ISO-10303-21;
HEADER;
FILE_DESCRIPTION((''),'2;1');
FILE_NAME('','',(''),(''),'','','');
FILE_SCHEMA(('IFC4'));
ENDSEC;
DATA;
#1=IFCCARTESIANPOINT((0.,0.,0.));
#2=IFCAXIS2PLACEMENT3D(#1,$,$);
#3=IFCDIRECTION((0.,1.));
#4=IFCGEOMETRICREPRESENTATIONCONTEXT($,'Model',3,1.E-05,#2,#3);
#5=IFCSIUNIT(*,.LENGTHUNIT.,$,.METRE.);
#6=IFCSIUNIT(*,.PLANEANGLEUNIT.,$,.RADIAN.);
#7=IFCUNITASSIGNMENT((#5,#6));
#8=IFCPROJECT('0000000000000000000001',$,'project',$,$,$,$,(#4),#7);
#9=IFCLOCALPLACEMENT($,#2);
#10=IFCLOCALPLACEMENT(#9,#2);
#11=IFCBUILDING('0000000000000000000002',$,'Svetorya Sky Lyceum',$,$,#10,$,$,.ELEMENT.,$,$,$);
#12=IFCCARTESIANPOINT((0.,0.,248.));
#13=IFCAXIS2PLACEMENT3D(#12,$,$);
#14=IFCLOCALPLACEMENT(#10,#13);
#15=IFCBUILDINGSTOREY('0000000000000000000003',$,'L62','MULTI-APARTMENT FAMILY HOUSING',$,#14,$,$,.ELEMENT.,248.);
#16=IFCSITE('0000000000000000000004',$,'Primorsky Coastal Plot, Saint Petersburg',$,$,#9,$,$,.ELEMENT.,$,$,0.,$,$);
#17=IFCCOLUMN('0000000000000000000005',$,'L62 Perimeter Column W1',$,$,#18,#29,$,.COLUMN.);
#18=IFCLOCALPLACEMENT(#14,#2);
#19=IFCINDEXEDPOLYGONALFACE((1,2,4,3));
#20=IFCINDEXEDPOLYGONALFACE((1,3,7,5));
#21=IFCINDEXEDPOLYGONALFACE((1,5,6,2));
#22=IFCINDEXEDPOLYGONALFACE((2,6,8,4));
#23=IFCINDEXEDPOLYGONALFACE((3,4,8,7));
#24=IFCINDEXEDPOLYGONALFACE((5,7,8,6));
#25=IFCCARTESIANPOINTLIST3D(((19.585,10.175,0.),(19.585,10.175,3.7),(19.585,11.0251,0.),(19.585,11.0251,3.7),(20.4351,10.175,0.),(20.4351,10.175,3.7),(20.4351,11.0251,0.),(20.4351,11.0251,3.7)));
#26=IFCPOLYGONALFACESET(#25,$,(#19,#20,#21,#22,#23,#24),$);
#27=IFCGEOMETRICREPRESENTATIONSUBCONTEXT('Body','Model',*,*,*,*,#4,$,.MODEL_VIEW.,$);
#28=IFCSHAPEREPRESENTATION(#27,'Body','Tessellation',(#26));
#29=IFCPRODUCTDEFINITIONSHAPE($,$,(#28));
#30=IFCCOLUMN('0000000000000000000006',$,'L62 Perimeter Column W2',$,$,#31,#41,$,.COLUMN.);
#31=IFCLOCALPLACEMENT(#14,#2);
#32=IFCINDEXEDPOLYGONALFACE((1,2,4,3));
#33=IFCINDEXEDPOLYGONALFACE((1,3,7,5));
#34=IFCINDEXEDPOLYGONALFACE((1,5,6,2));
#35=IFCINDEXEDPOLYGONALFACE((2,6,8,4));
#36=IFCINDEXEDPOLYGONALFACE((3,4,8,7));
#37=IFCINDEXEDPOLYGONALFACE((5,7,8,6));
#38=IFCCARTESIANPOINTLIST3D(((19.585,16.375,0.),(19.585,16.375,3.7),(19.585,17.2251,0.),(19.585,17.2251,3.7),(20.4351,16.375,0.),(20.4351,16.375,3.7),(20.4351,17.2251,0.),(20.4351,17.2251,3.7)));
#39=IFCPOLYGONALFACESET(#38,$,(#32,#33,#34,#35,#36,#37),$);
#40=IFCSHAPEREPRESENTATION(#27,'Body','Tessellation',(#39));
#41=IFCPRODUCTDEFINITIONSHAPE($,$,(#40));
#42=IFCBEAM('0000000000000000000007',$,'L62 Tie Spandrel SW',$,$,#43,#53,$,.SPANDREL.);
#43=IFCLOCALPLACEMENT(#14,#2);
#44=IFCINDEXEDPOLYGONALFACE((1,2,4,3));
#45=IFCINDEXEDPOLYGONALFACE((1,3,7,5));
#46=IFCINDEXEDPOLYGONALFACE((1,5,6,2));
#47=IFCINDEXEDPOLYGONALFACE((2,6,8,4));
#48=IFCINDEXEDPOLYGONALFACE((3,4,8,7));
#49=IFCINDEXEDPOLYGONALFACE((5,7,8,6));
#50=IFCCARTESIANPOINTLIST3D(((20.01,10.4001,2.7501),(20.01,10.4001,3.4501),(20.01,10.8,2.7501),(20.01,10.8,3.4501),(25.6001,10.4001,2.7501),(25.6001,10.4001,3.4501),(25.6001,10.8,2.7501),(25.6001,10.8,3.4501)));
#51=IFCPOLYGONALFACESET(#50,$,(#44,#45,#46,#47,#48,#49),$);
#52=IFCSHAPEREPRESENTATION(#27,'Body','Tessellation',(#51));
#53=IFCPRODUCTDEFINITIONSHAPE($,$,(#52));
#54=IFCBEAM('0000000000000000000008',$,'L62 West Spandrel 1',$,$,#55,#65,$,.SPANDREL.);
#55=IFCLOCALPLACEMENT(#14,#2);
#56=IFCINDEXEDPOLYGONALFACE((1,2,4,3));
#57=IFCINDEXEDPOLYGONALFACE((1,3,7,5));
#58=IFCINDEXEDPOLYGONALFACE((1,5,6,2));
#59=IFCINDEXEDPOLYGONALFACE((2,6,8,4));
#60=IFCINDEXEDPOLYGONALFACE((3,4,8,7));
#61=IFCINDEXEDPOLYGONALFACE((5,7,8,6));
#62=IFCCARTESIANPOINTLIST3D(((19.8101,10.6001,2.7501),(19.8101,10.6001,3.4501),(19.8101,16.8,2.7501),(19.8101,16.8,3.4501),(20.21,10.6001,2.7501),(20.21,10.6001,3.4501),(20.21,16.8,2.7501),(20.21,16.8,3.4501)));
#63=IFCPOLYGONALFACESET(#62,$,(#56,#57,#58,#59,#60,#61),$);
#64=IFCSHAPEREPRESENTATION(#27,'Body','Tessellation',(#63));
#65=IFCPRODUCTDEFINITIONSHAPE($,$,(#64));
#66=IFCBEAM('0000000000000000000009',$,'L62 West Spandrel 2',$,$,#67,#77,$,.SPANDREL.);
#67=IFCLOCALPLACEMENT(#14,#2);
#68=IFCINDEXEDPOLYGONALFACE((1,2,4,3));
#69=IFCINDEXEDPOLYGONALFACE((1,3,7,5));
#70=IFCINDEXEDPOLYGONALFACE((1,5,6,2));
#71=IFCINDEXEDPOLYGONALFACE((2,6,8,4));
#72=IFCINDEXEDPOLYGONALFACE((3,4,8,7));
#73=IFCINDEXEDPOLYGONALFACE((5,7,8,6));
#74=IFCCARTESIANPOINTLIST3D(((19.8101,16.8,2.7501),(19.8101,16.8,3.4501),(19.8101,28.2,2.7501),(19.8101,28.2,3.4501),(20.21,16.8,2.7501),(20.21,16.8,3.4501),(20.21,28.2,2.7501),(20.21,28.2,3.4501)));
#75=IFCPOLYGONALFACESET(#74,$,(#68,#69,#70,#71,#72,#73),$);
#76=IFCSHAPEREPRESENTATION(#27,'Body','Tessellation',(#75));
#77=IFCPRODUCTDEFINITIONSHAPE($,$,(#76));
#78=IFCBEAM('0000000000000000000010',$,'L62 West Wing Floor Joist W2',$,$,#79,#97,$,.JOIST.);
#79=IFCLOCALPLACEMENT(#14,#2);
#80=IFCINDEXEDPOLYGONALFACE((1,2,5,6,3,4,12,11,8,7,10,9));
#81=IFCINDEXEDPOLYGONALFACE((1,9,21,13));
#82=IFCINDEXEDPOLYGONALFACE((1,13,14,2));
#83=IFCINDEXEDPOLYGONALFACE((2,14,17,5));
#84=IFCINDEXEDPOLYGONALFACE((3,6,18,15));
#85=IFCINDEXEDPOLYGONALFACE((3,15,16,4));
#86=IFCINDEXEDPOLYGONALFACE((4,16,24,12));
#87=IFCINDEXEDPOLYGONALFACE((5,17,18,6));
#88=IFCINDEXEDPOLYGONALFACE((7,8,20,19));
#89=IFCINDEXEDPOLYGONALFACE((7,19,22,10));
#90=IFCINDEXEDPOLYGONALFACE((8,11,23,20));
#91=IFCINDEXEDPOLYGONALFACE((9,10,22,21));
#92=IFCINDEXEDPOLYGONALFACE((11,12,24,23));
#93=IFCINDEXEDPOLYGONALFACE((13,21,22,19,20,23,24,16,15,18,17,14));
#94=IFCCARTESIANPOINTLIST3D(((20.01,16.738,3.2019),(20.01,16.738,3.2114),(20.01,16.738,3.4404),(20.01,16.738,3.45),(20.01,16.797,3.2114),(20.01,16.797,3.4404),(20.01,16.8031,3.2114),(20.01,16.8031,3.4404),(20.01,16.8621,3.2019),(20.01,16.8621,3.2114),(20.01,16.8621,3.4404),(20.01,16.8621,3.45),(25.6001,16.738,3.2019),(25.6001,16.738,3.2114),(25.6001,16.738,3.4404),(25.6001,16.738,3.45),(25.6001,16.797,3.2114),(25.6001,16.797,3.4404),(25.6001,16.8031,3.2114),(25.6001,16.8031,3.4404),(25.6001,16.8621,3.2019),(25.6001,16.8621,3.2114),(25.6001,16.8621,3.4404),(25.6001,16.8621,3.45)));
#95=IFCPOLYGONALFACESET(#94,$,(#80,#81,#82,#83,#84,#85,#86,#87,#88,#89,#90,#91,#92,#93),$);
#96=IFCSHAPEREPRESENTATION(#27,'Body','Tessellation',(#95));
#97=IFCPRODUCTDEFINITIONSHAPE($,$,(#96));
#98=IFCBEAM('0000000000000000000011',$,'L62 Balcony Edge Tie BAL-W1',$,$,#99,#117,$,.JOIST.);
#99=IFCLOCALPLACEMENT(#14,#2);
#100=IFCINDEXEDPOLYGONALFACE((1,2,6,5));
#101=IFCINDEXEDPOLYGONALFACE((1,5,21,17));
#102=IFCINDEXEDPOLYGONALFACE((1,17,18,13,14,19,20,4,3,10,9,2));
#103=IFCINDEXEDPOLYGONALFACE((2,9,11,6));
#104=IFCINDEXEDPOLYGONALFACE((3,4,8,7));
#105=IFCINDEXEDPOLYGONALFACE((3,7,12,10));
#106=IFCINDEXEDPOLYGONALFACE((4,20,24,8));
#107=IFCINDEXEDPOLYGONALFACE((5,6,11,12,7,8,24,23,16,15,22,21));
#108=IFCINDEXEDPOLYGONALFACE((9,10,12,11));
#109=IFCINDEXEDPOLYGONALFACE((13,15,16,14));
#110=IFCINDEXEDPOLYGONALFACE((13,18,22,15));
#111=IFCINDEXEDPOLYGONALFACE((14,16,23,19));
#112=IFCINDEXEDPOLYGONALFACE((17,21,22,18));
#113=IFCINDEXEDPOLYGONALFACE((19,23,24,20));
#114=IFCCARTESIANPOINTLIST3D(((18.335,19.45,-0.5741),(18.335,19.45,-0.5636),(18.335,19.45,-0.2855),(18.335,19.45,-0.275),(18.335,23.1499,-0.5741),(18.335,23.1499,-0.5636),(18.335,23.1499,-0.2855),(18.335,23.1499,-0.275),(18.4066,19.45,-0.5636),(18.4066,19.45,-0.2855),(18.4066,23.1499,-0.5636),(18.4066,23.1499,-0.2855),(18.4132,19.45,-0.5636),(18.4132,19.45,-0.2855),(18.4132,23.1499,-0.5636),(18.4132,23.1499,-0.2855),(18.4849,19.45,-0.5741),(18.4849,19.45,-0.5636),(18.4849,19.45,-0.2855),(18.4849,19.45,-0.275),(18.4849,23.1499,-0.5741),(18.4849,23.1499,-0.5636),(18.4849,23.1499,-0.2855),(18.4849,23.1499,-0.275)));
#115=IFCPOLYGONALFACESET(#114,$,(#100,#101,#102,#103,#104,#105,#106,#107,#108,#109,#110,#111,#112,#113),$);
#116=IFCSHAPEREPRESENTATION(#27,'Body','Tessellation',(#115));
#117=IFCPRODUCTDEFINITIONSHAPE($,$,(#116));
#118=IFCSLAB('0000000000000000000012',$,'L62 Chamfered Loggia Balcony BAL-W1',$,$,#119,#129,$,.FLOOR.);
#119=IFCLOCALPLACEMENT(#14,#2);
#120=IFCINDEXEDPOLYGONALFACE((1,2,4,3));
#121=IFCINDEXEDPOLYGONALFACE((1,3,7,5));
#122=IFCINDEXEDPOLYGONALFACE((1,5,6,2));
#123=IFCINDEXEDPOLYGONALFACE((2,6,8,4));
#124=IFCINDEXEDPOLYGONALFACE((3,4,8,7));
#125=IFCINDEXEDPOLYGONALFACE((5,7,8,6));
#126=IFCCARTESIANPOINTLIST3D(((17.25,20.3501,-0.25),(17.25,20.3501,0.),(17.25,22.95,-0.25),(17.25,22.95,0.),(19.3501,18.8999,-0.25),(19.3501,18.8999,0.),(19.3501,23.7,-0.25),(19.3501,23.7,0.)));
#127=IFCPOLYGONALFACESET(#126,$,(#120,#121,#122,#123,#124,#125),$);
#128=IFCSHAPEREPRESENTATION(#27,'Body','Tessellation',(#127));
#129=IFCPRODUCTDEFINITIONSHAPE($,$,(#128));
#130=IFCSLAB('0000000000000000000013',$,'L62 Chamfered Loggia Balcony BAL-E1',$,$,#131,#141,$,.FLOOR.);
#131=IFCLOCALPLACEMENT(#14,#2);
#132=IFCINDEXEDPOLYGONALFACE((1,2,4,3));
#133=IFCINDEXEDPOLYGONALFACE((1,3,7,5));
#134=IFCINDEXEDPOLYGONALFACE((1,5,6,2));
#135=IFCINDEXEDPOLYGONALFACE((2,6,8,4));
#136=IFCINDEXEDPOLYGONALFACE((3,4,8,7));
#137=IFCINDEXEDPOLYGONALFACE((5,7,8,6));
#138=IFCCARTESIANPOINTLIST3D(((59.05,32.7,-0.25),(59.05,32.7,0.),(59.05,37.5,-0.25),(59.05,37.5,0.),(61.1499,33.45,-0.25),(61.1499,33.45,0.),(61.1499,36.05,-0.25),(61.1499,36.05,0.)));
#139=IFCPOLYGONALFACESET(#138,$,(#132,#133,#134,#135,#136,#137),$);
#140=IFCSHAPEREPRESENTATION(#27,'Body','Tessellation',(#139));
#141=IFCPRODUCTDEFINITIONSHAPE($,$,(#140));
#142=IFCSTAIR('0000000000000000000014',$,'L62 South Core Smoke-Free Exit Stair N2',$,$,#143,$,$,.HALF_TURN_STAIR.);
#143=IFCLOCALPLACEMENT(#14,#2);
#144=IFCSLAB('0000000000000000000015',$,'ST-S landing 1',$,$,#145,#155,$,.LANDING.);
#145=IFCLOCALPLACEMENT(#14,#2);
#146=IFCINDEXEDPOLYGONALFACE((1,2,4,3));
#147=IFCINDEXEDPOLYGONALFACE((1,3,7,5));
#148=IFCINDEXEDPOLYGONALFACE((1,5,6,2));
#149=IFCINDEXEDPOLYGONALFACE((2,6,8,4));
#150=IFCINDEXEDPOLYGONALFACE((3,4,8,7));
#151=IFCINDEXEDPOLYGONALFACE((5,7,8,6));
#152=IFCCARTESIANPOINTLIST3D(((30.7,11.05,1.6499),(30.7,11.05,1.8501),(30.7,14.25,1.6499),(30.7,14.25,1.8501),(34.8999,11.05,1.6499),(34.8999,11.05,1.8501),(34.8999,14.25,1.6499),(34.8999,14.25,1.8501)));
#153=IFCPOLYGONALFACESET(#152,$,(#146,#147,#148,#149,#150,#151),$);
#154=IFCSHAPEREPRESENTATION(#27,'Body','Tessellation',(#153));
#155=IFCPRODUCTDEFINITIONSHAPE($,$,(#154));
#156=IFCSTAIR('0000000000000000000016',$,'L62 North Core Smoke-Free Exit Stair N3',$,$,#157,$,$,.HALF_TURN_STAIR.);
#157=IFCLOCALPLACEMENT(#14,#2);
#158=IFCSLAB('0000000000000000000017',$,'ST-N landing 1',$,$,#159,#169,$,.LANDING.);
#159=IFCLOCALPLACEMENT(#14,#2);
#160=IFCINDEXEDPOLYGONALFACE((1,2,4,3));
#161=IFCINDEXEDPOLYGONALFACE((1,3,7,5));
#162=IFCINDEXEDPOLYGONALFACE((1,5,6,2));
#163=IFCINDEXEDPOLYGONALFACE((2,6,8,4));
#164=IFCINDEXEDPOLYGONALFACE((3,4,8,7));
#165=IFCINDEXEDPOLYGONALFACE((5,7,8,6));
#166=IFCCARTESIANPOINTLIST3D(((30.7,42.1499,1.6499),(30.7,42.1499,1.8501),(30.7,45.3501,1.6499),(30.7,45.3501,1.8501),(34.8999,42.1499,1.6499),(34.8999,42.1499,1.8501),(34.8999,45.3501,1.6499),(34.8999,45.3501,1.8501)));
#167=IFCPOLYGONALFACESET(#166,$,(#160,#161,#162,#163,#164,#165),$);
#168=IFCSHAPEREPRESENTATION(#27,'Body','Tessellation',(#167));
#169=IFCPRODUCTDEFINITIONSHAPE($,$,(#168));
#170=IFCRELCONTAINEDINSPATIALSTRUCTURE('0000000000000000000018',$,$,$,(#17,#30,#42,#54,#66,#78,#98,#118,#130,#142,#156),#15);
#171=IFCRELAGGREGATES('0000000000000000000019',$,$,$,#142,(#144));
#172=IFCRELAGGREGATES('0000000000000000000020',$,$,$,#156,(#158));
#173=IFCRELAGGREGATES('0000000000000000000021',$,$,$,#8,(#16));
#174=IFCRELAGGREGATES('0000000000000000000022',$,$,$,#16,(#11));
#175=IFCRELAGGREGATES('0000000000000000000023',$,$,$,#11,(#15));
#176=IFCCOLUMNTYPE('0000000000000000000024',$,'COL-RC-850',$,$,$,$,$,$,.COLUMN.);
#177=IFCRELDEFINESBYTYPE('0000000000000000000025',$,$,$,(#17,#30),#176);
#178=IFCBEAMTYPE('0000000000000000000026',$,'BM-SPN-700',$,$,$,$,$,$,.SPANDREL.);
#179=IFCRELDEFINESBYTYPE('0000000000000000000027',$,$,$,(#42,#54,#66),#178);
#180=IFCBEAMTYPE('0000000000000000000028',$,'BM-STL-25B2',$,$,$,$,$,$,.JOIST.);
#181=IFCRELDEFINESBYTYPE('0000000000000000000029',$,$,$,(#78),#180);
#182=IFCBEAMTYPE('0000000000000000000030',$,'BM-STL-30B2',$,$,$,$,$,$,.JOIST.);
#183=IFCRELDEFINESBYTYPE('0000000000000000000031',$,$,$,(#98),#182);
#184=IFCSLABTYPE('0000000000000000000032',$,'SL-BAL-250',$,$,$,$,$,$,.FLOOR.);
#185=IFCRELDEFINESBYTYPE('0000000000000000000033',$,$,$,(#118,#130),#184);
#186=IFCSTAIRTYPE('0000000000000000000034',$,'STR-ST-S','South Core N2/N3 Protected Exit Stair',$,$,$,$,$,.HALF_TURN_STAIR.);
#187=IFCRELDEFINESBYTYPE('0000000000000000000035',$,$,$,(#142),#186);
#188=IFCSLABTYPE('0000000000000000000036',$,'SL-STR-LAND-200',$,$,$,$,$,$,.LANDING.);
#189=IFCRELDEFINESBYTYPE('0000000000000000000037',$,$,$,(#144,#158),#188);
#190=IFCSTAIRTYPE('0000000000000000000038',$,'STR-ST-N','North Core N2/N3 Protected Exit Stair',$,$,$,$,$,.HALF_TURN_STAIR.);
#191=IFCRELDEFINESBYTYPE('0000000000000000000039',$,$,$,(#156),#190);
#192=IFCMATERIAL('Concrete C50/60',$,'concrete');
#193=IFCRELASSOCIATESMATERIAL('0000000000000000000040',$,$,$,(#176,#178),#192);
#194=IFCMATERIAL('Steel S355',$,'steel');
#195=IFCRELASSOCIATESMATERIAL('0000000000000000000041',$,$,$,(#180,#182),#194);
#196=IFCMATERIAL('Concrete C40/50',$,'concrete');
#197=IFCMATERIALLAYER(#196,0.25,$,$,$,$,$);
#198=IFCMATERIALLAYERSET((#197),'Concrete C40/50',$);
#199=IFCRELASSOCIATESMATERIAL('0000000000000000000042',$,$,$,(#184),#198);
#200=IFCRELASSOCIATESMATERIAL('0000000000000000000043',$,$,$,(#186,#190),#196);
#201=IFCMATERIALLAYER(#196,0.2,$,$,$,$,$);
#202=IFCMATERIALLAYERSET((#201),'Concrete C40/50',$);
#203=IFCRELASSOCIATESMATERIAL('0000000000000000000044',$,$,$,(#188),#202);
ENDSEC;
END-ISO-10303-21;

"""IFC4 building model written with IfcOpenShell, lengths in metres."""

from ifc_helpers import new_model, si_unit, direction, frame, origin, origin_2d, place, context, subcontext, project, spatial, polyline, rectangle, i_section, outline, extrude, material, layer, layer_set, material_profile, profile_set, type_object, element, aggregate, save


model = new_model("IFC4")

# Units and contexts
model_context = context("Model", 3, precision=1e-05, world=origin(), true_north=direction((0.0, 1.0)))
body_context = subcontext(model_context, "Body", "Model", "MODEL_VIEW")
ifc_project = project(units=[si_unit("LENGTHUNIT", "METRE"), si_unit("PLANEANGLEUNIT", "RADIAN")], contexts=[model_context])

# Site, building, storey
site_placement = place(None, origin())
site = spatial("IfcSite", under=ifc_project, at=site_placement, Name="Primorsky Coastal Plot, Saint Petersburg", CompositionType="ELEMENT", RefElevation=0.0)
building_placement = place(site_placement, origin())
building = spatial("IfcBuilding", under=site, at=building_placement, Name="Svetorya Sky Lyceum", CompositionType="ELEMENT")
storey_placement = place(building_placement, frame((0.0, 0.0, 248.0)))
storey = spatial("IfcBuildingStorey", under=building, at=storey_placement, Name="L62", Description="MULTI-APARTMENT FAMILY HOUSING", CompositionType="ELEMENT", Elevation=248.0)

# Columns
ifc_material_1 = material(Name="Concrete C50/60", Category="concrete")
ifc_material_profile_1 = material_profile(ifc_material_1, rectangle(XDim=0.8501, YDim=0.8501, at=origin_2d()), Name="RC COL 850x850")
ifc_profile_set_1 = profile_set([ifc_material_profile_1], Name="Concrete C50/60")
column_type = type_object("IfcColumnType", Name="COL-RC-850", PredefinedType="COLUMN", material=ifc_profile_set_1)
for number, where, z_axis, x_axis, name in (
    (1, (20.01, 10.6001, 0.0), (0.0, 0.0, 1.0), (1.0, 0.0, 0.0), "L62 Perimeter Column W1"),
    (2, (20.01, 16.8, 0.0), (0.0, 0.0, 1.0), (1.0, 0.0, 0.0), "L62 Perimeter Column W2"),
):
    element("IfcColumn", number, at=place(storey_placement, frame(where, z_axis=z_axis, x_axis=x_axis)), inside=storey, type_object=column_type, Name=name, PredefinedType="COLUMN", context=body_context, shape_type="SweptSolid", body=[
        extrude(rectangle(XDim=0.8501, YDim=0.8501, at=origin_2d()), origin(), (0.0, 0.0, 1.0), 3.7),
    ])

# Beams
ifc_material_profile_2 = material_profile(ifc_material_1, rectangle(XDim=0.3999, YDim=0.7, at=origin_2d()), Name="RC SPANDREL 400x700")
ifc_profile_set_2 = profile_set([ifc_material_profile_2], Name="Concrete C50/60")
beam_type_1 = type_object("IfcBeamType", Name="BM-SPN-700", PredefinedType="SPANDREL", material=ifc_profile_set_2)
beam_1_placement = place(storey_placement, frame((20.01, 10.6001, 3.1001), z_axis=(1.0, 0.0, 0.0), x_axis=(0.0, 1.0, 0.0)))
element("IfcBeam", 3, at=beam_1_placement, inside=storey, type_object=beam_type_1, Name="L62 Tie Spandrel SW", PredefinedType="SPANDREL", context=body_context, shape_type="SweptSolid", body=[
    extrude(rectangle(XDim=0.3999, YDim=0.7, at=origin_2d()), origin(), (0.0, 0.0, 1.0), 5.5901),
])
beam_2_placement = place(storey_placement, frame((20.01, 10.6001, 3.1001), z_axis=(0.0, 1.0, 0.0), x_axis=(-1.0, 0.0, 0.0)))
element("IfcBeam", 4, at=beam_2_placement, inside=storey, type_object=beam_type_1, Name="L62 West Spandrel 1", PredefinedType="SPANDREL", context=body_context, shape_type="SweptSolid", body=[
    extrude(rectangle(XDim=0.3999, YDim=0.7, at=origin_2d()), origin(), (0.0, 0.0, 1.0), 6.2),
])
beam_3_placement = place(storey_placement, frame((20.01, 16.8, 3.1001), z_axis=(0.0, 1.0, 0.0), x_axis=(-1.0, 0.0, 0.0)))
element("IfcBeam", 5, at=beam_3_placement, inside=storey, type_object=beam_type_1, Name="L62 West Spandrel 2", PredefinedType="SPANDREL", context=body_context, shape_type="SweptSolid", body=[
    extrude(rectangle(XDim=0.3999, YDim=0.7, at=origin_2d()), origin(), (0.0, 0.0, 1.0), 11.3999),
])
ifc_material_2 = material(Name="Steel S355", Category="steel")
ifc_material_profile_3 = material_profile(ifc_material_2, i_section(OverallWidth=0.124, OverallDepth=0.248, WebThickness=0.0061, FlangeThickness=0.0095, at=origin_2d()), Name="GOST 25B2")
ifc_profile_set_3 = profile_set([ifc_material_profile_3], Name="Steel S355")
beam_type_2 = type_object("IfcBeamType", Name="BM-STL-25B2", PredefinedType="JOIST", material=ifc_profile_set_3)
beam_4_placement = place(storey_placement, frame((20.01, 16.8, 3.3259), z_axis=(1.0, 0.0, 0.0), x_axis=(0.0, 1.0, 0.0)))
element("IfcBeam", 6, at=beam_4_placement, inside=storey, type_object=beam_type_2, Name="L62 West Wing Floor Joist W2", PredefinedType="JOIST", context=body_context, shape_type="SweptSolid", body=[
    extrude(i_section(OverallWidth=0.124, OverallDepth=0.248, WebThickness=0.0061, FlangeThickness=0.0095, at=origin_2d()), origin(), (0.0, 0.0, 1.0), 5.5901),
])
ifc_material_profile_4 = material_profile(ifc_material_2, i_section(OverallWidth=0.1499, OverallDepth=0.2991, WebThickness=0.0066, FlangeThickness=0.0105, at=origin_2d()), Name="GOST 30B2")
ifc_profile_set_4 = profile_set([ifc_material_profile_4], Name="Steel S355")
beam_type_3 = type_object("IfcBeamType", Name="BM-STL-30B2", PredefinedType="JOIST", material=ifc_profile_set_4)
beam_5_placement = place(storey_placement, frame((18.4099, 19.45, -0.4246), z_axis=(0.0, 1.0, 0.0), x_axis=(-1.0, 0.0, 0.0)))
element("IfcBeam", 7, at=beam_5_placement, inside=storey, type_object=beam_type_3, Name="L62 Balcony Edge Tie BAL-W1", PredefinedType="JOIST", context=body_context, shape_type="SweptSolid", body=[
    extrude(i_section(OverallWidth=0.1499, OverallDepth=0.2991, WebThickness=0.0066, FlangeThickness=0.0105, at=origin_2d()), origin(), (0.0, 0.0, 1.0), 3.7),
])

# Slabs
ifc_material_3 = material(Name="Concrete C40/50", Category="concrete")
ifc_layer_1 = layer(ifc_material_3, 0.25)
ifc_layer_set_1 = layer_set([ifc_layer_1], Name="Concrete C40/50")
slab_type_1 = type_object("IfcSlabType", Name="SL-BAL-250", PredefinedType="FLOOR", material=ifc_layer_set_1)
slab_1_placement = place(storey_placement, frame((0.0, 0.0, -0.25)))
element("IfcSlab", 8, at=slab_1_placement, inside=storey, type_object=slab_type_1, Name="L62 Chamfered Loggia Balcony BAL-W1", PredefinedType="FLOOR", context=body_context, shape_type="SweptSolid", body=[
    extrude(outline(polyline([(19.3501, 18.8999), (19.3501, 23.7), (17.25, 22.95), (17.25, 20.3501), (19.3501, 18.8999)])), origin(), (0.0, 0.0, 1.0), 0.25),
])
slab_2_placement = place(storey_placement, frame((0.0, 0.0, -0.25)))
element("IfcSlab", 9, at=slab_2_placement, inside=storey, type_object=slab_type_1, Name="L62 Chamfered Loggia Balcony BAL-E1", PredefinedType="FLOOR", context=body_context, shape_type="SweptSolid", body=[
    extrude(outline(polyline([(59.05, 32.7), (61.1499, 33.45), (61.1499, 36.05), (59.05, 37.5), (59.05, 32.7)])), origin(), (0.0, 0.0, 1.0), 0.25),
])

# Stairs, slabs
stair_type_1 = type_object("IfcStairType", Name="STR-ST-S", Description="South Core N2/N3 Protected Exit Stair", PredefinedType="HALF_TURN_STAIR", material=ifc_material_3)
stair_1_placement = place(storey_placement, origin())
stair_1 = element("IfcStair", 10, at=stair_1_placement, inside=storey, type_object=stair_type_1, Name="L62 South Core Smoke-Free Exit Stair N2", PredefinedType="HALF_TURN_STAIR")
ifc_layer_2 = layer(ifc_material_3, 0.2)
ifc_layer_set_2 = layer_set([ifc_layer_2], Name="Concrete C40/50")
slab_type_2 = type_object("IfcSlabType", Name="SL-STR-LAND-200", PredefinedType="LANDING", material=ifc_layer_set_2)
slab_3_placement = place(storey_placement, frame((0.0, 0.0, 1.6499)))
slab_3 = element("IfcSlab", 11, at=slab_3_placement, type_object=slab_type_2, Name="ST-S landing 1", PredefinedType="LANDING", context=body_context, shape_type="SweptSolid", body=[
    extrude(outline(polyline([(30.7, 11.05), (34.8999, 11.05), (34.8999, 14.25), (30.7, 14.25), (30.7, 11.05)])), origin(), (0.0, 0.0, 1.0), 0.2002),
])
aggregate(stair_1, [slab_3])
stair_type_2 = type_object("IfcStairType", Name="STR-ST-N", Description="North Core N2/N3 Protected Exit Stair", PredefinedType="HALF_TURN_STAIR", material=ifc_material_3)
stair_2_placement = place(storey_placement, origin())
stair_2 = element("IfcStair", 12, at=stair_2_placement, inside=storey, type_object=stair_type_2, Name="L62 North Core Smoke-Free Exit Stair N3", PredefinedType="HALF_TURN_STAIR")
slab_4_placement = place(storey_placement, frame((0.0, 0.0, 1.6499)))
slab_4 = element("IfcSlab", 13, at=slab_4_placement, type_object=slab_type_2, Name="ST-N landing 1", PredefinedType="LANDING", context=body_context, shape_type="SweptSolid", body=[
    extrude(outline(polyline([(30.7, 42.1499), (34.8999, 42.1499), (34.8999, 45.3501), (30.7, 45.3501), (30.7, 42.1499)])), origin(), (0.0, 0.0, 1.0), 0.2002),
])
aggregate(stair_2, [slab_4])

save(model, "model.ifc")
